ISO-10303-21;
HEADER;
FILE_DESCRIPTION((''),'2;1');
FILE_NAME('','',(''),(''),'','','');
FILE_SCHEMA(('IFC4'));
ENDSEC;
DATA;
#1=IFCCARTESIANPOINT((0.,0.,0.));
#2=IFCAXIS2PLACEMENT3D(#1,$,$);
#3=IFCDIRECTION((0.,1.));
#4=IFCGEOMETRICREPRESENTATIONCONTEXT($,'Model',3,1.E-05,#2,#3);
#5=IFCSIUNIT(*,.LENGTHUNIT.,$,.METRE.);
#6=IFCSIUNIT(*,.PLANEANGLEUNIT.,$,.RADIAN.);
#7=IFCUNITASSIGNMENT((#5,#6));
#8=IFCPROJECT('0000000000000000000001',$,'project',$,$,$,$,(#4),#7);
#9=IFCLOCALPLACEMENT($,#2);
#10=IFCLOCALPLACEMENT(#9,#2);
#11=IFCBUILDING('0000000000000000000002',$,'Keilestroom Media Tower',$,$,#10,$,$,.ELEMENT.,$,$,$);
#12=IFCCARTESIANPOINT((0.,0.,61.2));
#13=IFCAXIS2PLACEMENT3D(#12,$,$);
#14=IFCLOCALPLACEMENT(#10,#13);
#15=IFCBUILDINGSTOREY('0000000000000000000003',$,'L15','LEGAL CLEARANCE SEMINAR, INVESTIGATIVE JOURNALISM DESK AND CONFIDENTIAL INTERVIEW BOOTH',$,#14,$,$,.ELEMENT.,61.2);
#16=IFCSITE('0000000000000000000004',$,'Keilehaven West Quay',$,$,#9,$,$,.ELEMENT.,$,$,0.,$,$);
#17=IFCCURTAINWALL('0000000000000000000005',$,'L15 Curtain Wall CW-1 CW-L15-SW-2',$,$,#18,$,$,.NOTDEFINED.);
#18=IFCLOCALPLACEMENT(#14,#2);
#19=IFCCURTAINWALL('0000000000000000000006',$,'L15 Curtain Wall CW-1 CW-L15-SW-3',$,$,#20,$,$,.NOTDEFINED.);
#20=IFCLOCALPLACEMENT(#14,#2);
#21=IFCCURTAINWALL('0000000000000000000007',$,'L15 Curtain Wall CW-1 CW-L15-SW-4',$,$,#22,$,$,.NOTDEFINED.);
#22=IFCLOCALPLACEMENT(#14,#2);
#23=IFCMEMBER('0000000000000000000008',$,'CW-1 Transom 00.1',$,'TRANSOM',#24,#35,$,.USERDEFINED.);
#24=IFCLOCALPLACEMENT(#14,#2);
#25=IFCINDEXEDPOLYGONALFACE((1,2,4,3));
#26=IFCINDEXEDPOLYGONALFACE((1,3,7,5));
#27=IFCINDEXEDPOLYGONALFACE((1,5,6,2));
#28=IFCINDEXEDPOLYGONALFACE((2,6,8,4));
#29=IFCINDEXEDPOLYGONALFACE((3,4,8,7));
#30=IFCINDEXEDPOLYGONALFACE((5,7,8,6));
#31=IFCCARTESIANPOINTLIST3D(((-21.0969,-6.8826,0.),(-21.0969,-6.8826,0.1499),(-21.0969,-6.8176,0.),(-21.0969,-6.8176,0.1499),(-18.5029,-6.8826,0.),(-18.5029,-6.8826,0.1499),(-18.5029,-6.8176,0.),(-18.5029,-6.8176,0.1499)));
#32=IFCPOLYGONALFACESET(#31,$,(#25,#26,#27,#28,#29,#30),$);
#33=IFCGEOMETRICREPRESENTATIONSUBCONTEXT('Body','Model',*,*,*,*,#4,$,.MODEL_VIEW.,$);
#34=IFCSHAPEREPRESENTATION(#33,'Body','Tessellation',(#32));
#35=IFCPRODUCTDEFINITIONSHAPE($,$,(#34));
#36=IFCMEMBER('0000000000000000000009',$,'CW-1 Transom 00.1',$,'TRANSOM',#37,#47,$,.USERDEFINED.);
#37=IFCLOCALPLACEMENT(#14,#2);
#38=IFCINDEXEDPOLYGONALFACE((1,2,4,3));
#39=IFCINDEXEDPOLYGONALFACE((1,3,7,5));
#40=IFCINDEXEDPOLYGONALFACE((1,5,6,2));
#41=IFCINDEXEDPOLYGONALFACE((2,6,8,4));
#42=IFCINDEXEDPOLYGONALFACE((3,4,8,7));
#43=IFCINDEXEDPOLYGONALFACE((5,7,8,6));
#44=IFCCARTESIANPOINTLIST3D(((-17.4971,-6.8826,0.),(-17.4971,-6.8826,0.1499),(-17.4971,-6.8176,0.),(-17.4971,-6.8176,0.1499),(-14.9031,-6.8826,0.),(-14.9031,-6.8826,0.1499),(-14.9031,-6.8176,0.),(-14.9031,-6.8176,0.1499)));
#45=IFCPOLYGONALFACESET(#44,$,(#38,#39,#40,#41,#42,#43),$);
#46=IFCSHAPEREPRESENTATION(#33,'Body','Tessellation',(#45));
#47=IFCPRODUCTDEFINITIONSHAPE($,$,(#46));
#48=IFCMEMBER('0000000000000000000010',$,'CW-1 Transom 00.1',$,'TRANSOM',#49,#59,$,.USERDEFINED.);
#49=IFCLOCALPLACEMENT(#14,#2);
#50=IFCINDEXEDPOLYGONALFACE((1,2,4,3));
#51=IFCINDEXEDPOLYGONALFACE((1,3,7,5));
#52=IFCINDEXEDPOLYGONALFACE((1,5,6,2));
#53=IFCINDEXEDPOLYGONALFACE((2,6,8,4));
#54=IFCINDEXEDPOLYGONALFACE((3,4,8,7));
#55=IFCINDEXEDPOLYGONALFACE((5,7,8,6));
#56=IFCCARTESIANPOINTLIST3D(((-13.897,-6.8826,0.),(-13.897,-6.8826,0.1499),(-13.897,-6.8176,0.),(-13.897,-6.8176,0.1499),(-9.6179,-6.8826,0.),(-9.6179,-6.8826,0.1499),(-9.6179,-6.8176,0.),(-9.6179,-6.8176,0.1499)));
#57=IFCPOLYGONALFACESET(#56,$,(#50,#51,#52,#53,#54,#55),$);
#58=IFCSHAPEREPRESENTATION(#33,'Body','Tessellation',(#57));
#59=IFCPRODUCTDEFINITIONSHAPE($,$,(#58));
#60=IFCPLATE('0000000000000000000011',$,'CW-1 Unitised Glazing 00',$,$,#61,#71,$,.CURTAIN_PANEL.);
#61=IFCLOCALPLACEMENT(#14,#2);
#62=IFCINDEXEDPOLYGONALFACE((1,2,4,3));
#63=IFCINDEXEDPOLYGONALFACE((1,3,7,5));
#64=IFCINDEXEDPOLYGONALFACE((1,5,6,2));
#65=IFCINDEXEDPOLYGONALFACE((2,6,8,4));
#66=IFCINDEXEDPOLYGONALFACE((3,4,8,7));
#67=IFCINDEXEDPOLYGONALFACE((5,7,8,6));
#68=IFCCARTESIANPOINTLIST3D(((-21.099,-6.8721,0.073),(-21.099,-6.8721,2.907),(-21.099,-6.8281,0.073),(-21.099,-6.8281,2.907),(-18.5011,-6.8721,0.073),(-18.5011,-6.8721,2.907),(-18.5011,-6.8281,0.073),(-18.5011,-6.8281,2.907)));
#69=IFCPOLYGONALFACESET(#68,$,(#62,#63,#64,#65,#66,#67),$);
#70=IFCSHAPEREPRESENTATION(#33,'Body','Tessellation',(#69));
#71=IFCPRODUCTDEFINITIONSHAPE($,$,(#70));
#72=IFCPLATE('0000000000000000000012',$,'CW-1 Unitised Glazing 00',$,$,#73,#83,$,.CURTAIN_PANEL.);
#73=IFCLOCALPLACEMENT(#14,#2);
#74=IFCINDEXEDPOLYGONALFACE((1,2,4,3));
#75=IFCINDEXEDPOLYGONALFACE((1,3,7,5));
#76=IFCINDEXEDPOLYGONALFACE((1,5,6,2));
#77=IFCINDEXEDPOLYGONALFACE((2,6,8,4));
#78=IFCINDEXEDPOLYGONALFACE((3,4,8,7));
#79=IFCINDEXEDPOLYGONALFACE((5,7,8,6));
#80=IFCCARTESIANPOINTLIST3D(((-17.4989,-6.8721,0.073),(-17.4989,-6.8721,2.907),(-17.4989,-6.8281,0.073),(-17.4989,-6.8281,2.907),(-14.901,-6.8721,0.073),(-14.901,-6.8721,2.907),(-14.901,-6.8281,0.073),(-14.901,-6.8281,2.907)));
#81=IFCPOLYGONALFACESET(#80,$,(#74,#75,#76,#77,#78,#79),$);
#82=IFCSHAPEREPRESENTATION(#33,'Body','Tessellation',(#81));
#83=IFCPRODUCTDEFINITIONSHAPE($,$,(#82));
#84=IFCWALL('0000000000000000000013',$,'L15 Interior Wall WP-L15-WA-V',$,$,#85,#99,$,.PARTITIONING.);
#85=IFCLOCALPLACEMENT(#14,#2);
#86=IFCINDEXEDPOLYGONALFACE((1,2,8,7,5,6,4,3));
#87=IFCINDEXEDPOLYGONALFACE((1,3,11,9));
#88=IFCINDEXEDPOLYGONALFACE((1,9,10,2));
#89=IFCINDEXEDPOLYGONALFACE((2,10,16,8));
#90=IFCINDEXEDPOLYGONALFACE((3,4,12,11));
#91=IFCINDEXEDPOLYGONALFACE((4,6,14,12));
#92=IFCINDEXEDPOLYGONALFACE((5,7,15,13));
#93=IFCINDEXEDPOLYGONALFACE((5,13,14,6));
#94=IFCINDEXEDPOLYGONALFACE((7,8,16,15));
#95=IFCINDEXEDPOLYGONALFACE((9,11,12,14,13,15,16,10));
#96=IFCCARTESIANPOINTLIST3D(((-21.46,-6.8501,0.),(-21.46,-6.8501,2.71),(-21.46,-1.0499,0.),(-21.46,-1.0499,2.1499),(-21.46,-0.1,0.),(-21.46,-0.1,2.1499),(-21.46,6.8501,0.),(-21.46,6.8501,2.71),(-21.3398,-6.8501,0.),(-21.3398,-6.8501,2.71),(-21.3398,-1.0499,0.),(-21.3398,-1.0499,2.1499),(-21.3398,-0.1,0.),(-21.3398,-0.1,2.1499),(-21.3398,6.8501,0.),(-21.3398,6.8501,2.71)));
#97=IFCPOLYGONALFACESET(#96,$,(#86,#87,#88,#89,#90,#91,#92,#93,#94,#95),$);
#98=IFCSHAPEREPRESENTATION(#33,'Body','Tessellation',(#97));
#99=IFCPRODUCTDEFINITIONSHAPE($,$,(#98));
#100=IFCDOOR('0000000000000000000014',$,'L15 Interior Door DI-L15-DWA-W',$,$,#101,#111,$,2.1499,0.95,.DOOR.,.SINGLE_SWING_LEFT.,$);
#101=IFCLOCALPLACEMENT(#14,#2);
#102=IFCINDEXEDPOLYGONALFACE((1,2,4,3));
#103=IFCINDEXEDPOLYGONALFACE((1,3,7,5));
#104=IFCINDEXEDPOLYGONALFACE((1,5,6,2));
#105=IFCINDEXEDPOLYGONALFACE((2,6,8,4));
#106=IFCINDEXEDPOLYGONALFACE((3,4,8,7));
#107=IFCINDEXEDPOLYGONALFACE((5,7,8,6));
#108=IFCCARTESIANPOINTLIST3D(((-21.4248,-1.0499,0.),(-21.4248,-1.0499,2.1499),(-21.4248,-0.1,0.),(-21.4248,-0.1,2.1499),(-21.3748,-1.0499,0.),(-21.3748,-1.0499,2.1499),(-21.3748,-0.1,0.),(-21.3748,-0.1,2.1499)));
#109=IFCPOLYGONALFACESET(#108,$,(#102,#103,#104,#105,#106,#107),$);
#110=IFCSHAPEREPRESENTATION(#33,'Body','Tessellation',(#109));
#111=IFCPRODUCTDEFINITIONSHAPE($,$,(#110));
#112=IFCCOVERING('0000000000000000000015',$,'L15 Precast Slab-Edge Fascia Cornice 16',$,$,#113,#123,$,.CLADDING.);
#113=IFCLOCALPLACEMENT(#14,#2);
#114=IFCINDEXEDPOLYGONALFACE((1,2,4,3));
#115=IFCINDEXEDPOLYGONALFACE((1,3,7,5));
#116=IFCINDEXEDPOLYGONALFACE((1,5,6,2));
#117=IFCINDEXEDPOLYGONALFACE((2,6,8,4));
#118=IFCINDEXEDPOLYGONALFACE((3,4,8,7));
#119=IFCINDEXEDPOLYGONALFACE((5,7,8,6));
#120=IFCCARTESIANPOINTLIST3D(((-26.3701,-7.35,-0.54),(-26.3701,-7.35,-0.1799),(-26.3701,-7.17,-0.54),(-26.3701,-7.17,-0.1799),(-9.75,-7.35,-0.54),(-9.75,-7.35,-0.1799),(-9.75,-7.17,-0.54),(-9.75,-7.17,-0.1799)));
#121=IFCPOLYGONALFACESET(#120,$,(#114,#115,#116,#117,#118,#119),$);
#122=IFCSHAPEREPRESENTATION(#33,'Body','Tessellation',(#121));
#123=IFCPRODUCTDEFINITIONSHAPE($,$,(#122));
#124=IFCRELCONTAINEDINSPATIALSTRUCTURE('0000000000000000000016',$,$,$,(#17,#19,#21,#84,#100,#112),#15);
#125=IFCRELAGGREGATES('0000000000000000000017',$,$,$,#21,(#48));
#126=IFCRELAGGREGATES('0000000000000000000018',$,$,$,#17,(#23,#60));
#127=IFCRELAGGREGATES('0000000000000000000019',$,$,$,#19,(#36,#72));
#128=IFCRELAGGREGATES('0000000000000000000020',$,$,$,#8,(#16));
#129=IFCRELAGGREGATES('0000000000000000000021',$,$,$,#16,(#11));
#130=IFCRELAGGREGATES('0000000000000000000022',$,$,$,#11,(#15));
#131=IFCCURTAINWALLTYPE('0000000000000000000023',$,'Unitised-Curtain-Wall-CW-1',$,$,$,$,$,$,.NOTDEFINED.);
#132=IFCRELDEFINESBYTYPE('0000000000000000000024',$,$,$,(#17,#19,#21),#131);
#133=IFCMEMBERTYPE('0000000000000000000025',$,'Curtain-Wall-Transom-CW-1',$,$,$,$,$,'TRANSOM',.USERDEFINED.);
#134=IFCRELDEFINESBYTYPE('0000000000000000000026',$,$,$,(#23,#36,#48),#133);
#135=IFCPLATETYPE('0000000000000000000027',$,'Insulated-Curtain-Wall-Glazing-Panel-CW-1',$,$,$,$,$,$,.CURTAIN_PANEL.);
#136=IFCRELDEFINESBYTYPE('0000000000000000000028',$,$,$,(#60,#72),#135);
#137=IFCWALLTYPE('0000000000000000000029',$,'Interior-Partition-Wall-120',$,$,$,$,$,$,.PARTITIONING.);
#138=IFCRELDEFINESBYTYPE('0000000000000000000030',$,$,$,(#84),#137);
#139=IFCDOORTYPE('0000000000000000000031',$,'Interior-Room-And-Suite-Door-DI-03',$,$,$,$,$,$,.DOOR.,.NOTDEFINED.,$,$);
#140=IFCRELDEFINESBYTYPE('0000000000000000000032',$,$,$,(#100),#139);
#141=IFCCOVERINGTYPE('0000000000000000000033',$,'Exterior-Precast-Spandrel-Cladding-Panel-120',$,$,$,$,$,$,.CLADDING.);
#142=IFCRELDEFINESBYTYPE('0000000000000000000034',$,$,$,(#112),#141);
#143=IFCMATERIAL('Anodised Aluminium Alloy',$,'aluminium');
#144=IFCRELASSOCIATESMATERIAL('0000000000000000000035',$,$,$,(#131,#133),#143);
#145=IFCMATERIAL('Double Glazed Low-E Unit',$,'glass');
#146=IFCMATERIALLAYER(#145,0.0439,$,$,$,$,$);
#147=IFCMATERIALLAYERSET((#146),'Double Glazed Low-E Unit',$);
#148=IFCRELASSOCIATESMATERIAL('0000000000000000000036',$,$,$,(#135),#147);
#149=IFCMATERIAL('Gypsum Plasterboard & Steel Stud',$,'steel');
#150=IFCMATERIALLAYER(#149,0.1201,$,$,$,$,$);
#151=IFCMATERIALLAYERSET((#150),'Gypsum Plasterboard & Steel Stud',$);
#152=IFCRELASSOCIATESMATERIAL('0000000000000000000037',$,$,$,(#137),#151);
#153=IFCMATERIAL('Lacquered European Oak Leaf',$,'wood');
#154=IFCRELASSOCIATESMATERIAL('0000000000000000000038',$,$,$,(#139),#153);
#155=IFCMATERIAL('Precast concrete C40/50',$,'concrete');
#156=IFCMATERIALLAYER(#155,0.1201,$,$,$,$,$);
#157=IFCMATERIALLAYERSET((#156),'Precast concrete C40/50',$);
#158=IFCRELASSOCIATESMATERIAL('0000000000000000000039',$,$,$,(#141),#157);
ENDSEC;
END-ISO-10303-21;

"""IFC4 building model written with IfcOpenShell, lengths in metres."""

from ifc_helpers import new_model, si_unit, direction, frame, frame_2d, origin, origin_2d, place, context, subcontext, project, spatial, rectangle, extrude, source, transform, mapped, material, layer, layer_set, material_profile, profile_set, type_object, element, fill, aggregate, save


model = new_model("IFC4")

# Units and contexts
model_context = context("Model", 3, precision=1e-05, world=origin(), true_north=direction((0.0, 1.0)))
body_context = subcontext(model_context, "Body", "Model", "MODEL_VIEW")
ifc_project = project(units=[si_unit("LENGTHUNIT", "METRE"), si_unit("PLANEANGLEUNIT", "RADIAN")], contexts=[model_context])

# Site, building, storey
site_placement = place(None, origin())
site = spatial("IfcSite", under=ifc_project, at=site_placement, Name="Keilehaven West Quay", CompositionType="ELEMENT", RefElevation=0.0)
building_placement = place(site_placement, origin())
building = spatial("IfcBuilding", under=site, at=building_placement, Name="Keilestroom Media Tower", CompositionType="ELEMENT")
storey_placement = place(building_placement, frame((0.0, 0.0, 61.2)))
storey = spatial("IfcBuildingStorey", under=building, at=storey_placement, Name="L15", Description="LEGAL CLEARANCE SEMINAR, INVESTIGATIVE JOURNALISM DESK AND CONFIDENTIAL INTERVIEW BOOTH", CompositionType="ELEMENT", Elevation=61.2)

# Shared definitions
ifc_material_1 = material(Name="Precast concrete C40/50", Category="concrete")

# Curtain walls
ifc_material_2 = material(Name="Anodised Aluminium Alloy", Category="aluminium")
curtain_wall_type = type_object("IfcCurtainWallType", Name="Unitised-Curtain-Wall-CW-1", PredefinedType="NOTDEFINED", material=ifc_material_2)
curtain_wall_1_placement = place(storey_placement, origin())
curtain_wall_1 = element("IfcCurtainWall", 1, at=curtain_wall_1_placement, inside=storey, type_object=curtain_wall_type, Name="L15 Curtain Wall CW-1 CW-L15-SW-2", PredefinedType="NOTDEFINED")
curtain_wall_2_placement = place(storey_placement, origin())
curtain_wall_2 = element("IfcCurtainWall", 2, at=curtain_wall_2_placement, inside=storey, type_object=curtain_wall_type, Name="L15 Curtain Wall CW-1 CW-L15-SW-3", PredefinedType="NOTDEFINED")

# Curtain wall
curtain_wall_3_placement = place(storey_placement, origin())
curtain_wall_3 = element("IfcCurtainWall", 3, at=curtain_wall_3_placement, inside=storey, type_object=curtain_wall_type, Name="L15 Curtain Wall CW-1 CW-L15-SW-4", PredefinedType="NOTDEFINED")

# Members
ifc_material_profile_1 = material_profile(ifc_material_2, rectangle(XDim=0.0649, YDim=0.1499, at=origin_2d()), Name="ALU TRANSOM 65x150")
ifc_profile_set_1 = profile_set([ifc_material_profile_1], Name="Anodised Aluminium Alloy")
member_type_1 = type_object("IfcMemberType", Name="Curtain-Wall-Transom-CW-1", ElementType="TRANSOM", PredefinedType="USERDEFINED", material=ifc_profile_set_1)
shared_shape_1 = source(origin(), body_context, "Body", "SweptSolid", [
    extrude(rectangle(XDim=0.0649, YDim=0.1499, at=origin_2d()), origin(), (0.0, 0.0, 1.0), 2.594),
])
member_1_placement = place(storey_placement, frame((-21.0969, -6.8501, 0.075), z_axis=(1.0, 0.0, 0.0), x_axis=(0.0, 1.0, 0.0)))
member_1 = element("IfcMember", 4, at=member_1_placement, type_object=member_type_1, Name="CW-1 Transom 00.1", ObjectType="TRANSOM", PredefinedType="USERDEFINED", context=body_context, shape_type="MappedRepresentation", body=[
    mapped(shared_shape_1, transform((0.0, 0.0, 0.0), x_axis=(1.0, 0.0, 0.0), y_axis=(0.0, 1.0, 0.0), z_axis=(0.0, 0.0, 1.0), scale=1.0)),
])
member_2_placement = place(storey_placement, frame((-17.4971, -6.8501, 0.075), z_axis=(1.0, 0.0, 0.0), x_axis=(0.0, 1.0, 0.0)))
member_2 = element("IfcMember", 5, at=member_2_placement, type_object=member_type_1, Name="CW-1 Transom 00.1", ObjectType="TRANSOM", PredefinedType="USERDEFINED", context=body_context, shape_type="MappedRepresentation", body=[
    mapped(shared_shape_1, transform((0.0, 0.0, 0.0), x_axis=(1.0, 0.0, 0.0), y_axis=(0.0, 1.0, 0.0), z_axis=(0.0, 0.0, 1.0), scale=1.0)),
])
shared_shape_2 = source(origin(), body_context, "Body", "SweptSolid", [
    extrude(rectangle(XDim=0.0649, YDim=0.1499, at=origin_2d()), origin(), (0.0, 0.0, 1.0), 4.2791),
])
member_3_placement = place(storey_placement, frame((-13.897, -6.8501, 0.075), z_axis=(1.0, 0.0, 0.0), x_axis=(0.0, 1.0, 0.0)))
member_3 = element("IfcMember", 6, at=member_3_placement, type_object=member_type_1, Name="CW-1 Transom 00.1", ObjectType="TRANSOM", PredefinedType="USERDEFINED", context=body_context, shape_type="MappedRepresentation", body=[
    mapped(shared_shape_2, transform((0.0, 0.0, 0.0), x_axis=(1.0, 0.0, 0.0), y_axis=(0.0, 1.0, 0.0), z_axis=(0.0, 0.0, 1.0), scale=1.0)),
])
aggregate(curtain_wall_3, [member_3])

# Plates
ifc_material_3 = material(Name="Double Glazed Low-E Unit", Category="glass")
ifc_layer_1 = layer(ifc_material_3, 0.0439)
ifc_layer_set_1 = layer_set([ifc_layer_1], Name="Double Glazed Low-E Unit")
plate_type = type_object("IfcPlateType", Name="Insulated-Curtain-Wall-Glazing-Panel-CW-1", PredefinedType="CURTAIN_PANEL", material=ifc_layer_set_1)
shared_shape_3 = source(origin(), body_context, "Body", "SweptSolid", [
    extrude(rectangle(XDim=2.5979, YDim=0.0439, at=origin_2d()), origin(), (0.0, 0.0, 1.0), 2.834),
])
plate_1_placement = place(storey_placement, frame((-19.8, -6.8501, 0.073), z_axis=(0.0, 0.0, 1.0), x_axis=(1.0, 0.0, 0.0)))
plate_1 = element("IfcPlate", 7, at=plate_1_placement, type_object=plate_type, Name="CW-1 Unitised Glazing 00", PredefinedType="CURTAIN_PANEL", context=body_context, shape_type="MappedRepresentation", body=[
    mapped(shared_shape_3, transform((0.0, 0.0, 0.0), x_axis=(1.0, 0.0, 0.0), y_axis=(0.0, 1.0, 0.0), z_axis=(0.0, 0.0, 1.0), scale=1.0)),
])
aggregate(curtain_wall_1, [member_1, plate_1])
plate_2_placement = place(storey_placement, frame((-16.2, -6.8501, 0.073), z_axis=(0.0, 0.0, 1.0), x_axis=(1.0, 0.0, 0.0)))
plate_2 = element("IfcPlate", 8, at=plate_2_placement, type_object=plate_type, Name="CW-1 Unitised Glazing 00", PredefinedType="CURTAIN_PANEL", context=body_context, shape_type="MappedRepresentation", body=[
    mapped(shared_shape_3, transform((0.0, 0.0, 0.0), x_axis=(1.0, 0.0, 0.0), y_axis=(0.0, 1.0, 0.0), z_axis=(0.0, 0.0, 1.0), scale=1.0)),
])
aggregate(curtain_wall_2, [member_2, plate_2])

# Wall, opening, door
ifc_material_4 = material(Name="Gypsum Plasterboard & Steel Stud", Category="steel")
ifc_layer_2 = layer(ifc_material_4, 0.1201)
ifc_layer_set_2 = layer_set([ifc_layer_2], Name="Gypsum Plasterboard & Steel Stud")
wall_type = type_object("IfcWallType", Name="Interior-Partition-Wall-120", PredefinedType="PARTITIONING", material=ifc_layer_set_2)
wall_placement = place(storey_placement, frame((-21.3999, -6.8501, 0.0), z_axis=(0.0, 0.0, 1.0), x_axis=(0.0, 1.0, 0.0)))
wall = element("IfcWall", 9, at=wall_placement, inside=storey, type_object=wall_type, Name="L15 Interior Wall WP-L15-WA-V", PredefinedType="PARTITIONING", context=body_context, shape_type="SweptSolid", body=[
    extrude(rectangle(XDim=13.7002, YDim=0.1201, at=frame_2d((6.8501, 0.0))), origin(), (0.0, 0.0, 1.0), 2.71),
])
opening_placement = place(wall_placement, frame((5.8, 0.0, 0.0)))
opening = element("IfcOpeningElement", 10, at=opening_placement, cuts=wall, PredefinedType="OPENING", context=body_context, shape_type="SweptSolid", body=[
    extrude(rectangle(XDim=0.95, YDim=2.1499, at=frame_2d((0.4751, 1.075))), frame((0.0, 0.0701, 0.0), z_axis=(0.0, -1.0, 0.0), x_axis=(1.0, 0.0, 0.0)), (0.0, 0.0, 1.0), 0.1401),
])
ifc_material_5 = material(Name="Lacquered European Oak Leaf", Category="wood")
door_type = type_object("IfcDoorType", Name="Interior-Room-And-Suite-Door-DI-03", OperationType="NOTDEFINED", PredefinedType="DOOR", material=ifc_material_5)
shared_shape_4 = source(origin(), body_context, "Body", "SweptSolid", [
    extrude(rectangle(XDim=0.95, YDim=2.1499, at=frame_2d((0.4751, 1.075))), frame((0.0, 0.0249, 0.0), z_axis=(0.0, -1.0, 0.0), x_axis=(1.0, 0.0, 0.0)), (0.0, 0.0, 1.0), 0.05),
])
door_placement = place(opening_placement, origin())
door = element("IfcDoor", 11, at=door_placement, inside=storey, type_object=door_type, Name="L15 Interior Door DI-L15-DWA-W", OperationType="SINGLE_SWING_LEFT", OverallHeight=2.1499, OverallWidth=0.95, PredefinedType="DOOR", context=body_context, shape_type="MappedRepresentation", body=[
    mapped(shared_shape_4, transform((0.0, 0.0, 0.0), x_axis=(1.0, 0.0, 0.0), y_axis=(0.0, 1.0, 0.0), z_axis=(0.0, 0.0, 1.0), scale=1.0)),
])
fill(opening, door)

# Covering
ifc_layer_3 = layer(ifc_material_1, 0.1201)
ifc_layer_set_3 = layer_set([ifc_layer_3], Name="Precast concrete C40/50")
covering_type = type_object("IfcCoveringType", Name="Exterior-Precast-Spandrel-Cladding-Panel-120", PredefinedType="CLADDING", material=ifc_layer_set_3)
shared_shape_5 = source(origin(), body_context, "Body", "SweptSolid", [
    extrude(rectangle(XDim=16.6201, YDim=0.1799, at=origin_2d()), origin(), (0.0, 0.0, 1.0), 0.3601),
])
covering_placement = place(storey_placement, frame((-18.0601, -7.26, -0.54), z_axis=(0.0, 0.0, 1.0), x_axis=(-1.0, 0.0, 0.0)))
element("IfcCovering", 12, at=covering_placement, inside=storey, type_object=covering_type, Name="L15 Precast Slab-Edge Fascia Cornice 16", PredefinedType="CLADDING", context=body_context, shape_type="MappedRepresentation", body=[
    mapped(shared_shape_5, transform((0.0, 0.0, 0.0), x_axis=(1.0, 0.0, 0.0), y_axis=(0.0, 1.0, 0.0), z_axis=(0.0, 0.0, 1.0), scale=1.0)),
])

save(model, "model.ifc")
